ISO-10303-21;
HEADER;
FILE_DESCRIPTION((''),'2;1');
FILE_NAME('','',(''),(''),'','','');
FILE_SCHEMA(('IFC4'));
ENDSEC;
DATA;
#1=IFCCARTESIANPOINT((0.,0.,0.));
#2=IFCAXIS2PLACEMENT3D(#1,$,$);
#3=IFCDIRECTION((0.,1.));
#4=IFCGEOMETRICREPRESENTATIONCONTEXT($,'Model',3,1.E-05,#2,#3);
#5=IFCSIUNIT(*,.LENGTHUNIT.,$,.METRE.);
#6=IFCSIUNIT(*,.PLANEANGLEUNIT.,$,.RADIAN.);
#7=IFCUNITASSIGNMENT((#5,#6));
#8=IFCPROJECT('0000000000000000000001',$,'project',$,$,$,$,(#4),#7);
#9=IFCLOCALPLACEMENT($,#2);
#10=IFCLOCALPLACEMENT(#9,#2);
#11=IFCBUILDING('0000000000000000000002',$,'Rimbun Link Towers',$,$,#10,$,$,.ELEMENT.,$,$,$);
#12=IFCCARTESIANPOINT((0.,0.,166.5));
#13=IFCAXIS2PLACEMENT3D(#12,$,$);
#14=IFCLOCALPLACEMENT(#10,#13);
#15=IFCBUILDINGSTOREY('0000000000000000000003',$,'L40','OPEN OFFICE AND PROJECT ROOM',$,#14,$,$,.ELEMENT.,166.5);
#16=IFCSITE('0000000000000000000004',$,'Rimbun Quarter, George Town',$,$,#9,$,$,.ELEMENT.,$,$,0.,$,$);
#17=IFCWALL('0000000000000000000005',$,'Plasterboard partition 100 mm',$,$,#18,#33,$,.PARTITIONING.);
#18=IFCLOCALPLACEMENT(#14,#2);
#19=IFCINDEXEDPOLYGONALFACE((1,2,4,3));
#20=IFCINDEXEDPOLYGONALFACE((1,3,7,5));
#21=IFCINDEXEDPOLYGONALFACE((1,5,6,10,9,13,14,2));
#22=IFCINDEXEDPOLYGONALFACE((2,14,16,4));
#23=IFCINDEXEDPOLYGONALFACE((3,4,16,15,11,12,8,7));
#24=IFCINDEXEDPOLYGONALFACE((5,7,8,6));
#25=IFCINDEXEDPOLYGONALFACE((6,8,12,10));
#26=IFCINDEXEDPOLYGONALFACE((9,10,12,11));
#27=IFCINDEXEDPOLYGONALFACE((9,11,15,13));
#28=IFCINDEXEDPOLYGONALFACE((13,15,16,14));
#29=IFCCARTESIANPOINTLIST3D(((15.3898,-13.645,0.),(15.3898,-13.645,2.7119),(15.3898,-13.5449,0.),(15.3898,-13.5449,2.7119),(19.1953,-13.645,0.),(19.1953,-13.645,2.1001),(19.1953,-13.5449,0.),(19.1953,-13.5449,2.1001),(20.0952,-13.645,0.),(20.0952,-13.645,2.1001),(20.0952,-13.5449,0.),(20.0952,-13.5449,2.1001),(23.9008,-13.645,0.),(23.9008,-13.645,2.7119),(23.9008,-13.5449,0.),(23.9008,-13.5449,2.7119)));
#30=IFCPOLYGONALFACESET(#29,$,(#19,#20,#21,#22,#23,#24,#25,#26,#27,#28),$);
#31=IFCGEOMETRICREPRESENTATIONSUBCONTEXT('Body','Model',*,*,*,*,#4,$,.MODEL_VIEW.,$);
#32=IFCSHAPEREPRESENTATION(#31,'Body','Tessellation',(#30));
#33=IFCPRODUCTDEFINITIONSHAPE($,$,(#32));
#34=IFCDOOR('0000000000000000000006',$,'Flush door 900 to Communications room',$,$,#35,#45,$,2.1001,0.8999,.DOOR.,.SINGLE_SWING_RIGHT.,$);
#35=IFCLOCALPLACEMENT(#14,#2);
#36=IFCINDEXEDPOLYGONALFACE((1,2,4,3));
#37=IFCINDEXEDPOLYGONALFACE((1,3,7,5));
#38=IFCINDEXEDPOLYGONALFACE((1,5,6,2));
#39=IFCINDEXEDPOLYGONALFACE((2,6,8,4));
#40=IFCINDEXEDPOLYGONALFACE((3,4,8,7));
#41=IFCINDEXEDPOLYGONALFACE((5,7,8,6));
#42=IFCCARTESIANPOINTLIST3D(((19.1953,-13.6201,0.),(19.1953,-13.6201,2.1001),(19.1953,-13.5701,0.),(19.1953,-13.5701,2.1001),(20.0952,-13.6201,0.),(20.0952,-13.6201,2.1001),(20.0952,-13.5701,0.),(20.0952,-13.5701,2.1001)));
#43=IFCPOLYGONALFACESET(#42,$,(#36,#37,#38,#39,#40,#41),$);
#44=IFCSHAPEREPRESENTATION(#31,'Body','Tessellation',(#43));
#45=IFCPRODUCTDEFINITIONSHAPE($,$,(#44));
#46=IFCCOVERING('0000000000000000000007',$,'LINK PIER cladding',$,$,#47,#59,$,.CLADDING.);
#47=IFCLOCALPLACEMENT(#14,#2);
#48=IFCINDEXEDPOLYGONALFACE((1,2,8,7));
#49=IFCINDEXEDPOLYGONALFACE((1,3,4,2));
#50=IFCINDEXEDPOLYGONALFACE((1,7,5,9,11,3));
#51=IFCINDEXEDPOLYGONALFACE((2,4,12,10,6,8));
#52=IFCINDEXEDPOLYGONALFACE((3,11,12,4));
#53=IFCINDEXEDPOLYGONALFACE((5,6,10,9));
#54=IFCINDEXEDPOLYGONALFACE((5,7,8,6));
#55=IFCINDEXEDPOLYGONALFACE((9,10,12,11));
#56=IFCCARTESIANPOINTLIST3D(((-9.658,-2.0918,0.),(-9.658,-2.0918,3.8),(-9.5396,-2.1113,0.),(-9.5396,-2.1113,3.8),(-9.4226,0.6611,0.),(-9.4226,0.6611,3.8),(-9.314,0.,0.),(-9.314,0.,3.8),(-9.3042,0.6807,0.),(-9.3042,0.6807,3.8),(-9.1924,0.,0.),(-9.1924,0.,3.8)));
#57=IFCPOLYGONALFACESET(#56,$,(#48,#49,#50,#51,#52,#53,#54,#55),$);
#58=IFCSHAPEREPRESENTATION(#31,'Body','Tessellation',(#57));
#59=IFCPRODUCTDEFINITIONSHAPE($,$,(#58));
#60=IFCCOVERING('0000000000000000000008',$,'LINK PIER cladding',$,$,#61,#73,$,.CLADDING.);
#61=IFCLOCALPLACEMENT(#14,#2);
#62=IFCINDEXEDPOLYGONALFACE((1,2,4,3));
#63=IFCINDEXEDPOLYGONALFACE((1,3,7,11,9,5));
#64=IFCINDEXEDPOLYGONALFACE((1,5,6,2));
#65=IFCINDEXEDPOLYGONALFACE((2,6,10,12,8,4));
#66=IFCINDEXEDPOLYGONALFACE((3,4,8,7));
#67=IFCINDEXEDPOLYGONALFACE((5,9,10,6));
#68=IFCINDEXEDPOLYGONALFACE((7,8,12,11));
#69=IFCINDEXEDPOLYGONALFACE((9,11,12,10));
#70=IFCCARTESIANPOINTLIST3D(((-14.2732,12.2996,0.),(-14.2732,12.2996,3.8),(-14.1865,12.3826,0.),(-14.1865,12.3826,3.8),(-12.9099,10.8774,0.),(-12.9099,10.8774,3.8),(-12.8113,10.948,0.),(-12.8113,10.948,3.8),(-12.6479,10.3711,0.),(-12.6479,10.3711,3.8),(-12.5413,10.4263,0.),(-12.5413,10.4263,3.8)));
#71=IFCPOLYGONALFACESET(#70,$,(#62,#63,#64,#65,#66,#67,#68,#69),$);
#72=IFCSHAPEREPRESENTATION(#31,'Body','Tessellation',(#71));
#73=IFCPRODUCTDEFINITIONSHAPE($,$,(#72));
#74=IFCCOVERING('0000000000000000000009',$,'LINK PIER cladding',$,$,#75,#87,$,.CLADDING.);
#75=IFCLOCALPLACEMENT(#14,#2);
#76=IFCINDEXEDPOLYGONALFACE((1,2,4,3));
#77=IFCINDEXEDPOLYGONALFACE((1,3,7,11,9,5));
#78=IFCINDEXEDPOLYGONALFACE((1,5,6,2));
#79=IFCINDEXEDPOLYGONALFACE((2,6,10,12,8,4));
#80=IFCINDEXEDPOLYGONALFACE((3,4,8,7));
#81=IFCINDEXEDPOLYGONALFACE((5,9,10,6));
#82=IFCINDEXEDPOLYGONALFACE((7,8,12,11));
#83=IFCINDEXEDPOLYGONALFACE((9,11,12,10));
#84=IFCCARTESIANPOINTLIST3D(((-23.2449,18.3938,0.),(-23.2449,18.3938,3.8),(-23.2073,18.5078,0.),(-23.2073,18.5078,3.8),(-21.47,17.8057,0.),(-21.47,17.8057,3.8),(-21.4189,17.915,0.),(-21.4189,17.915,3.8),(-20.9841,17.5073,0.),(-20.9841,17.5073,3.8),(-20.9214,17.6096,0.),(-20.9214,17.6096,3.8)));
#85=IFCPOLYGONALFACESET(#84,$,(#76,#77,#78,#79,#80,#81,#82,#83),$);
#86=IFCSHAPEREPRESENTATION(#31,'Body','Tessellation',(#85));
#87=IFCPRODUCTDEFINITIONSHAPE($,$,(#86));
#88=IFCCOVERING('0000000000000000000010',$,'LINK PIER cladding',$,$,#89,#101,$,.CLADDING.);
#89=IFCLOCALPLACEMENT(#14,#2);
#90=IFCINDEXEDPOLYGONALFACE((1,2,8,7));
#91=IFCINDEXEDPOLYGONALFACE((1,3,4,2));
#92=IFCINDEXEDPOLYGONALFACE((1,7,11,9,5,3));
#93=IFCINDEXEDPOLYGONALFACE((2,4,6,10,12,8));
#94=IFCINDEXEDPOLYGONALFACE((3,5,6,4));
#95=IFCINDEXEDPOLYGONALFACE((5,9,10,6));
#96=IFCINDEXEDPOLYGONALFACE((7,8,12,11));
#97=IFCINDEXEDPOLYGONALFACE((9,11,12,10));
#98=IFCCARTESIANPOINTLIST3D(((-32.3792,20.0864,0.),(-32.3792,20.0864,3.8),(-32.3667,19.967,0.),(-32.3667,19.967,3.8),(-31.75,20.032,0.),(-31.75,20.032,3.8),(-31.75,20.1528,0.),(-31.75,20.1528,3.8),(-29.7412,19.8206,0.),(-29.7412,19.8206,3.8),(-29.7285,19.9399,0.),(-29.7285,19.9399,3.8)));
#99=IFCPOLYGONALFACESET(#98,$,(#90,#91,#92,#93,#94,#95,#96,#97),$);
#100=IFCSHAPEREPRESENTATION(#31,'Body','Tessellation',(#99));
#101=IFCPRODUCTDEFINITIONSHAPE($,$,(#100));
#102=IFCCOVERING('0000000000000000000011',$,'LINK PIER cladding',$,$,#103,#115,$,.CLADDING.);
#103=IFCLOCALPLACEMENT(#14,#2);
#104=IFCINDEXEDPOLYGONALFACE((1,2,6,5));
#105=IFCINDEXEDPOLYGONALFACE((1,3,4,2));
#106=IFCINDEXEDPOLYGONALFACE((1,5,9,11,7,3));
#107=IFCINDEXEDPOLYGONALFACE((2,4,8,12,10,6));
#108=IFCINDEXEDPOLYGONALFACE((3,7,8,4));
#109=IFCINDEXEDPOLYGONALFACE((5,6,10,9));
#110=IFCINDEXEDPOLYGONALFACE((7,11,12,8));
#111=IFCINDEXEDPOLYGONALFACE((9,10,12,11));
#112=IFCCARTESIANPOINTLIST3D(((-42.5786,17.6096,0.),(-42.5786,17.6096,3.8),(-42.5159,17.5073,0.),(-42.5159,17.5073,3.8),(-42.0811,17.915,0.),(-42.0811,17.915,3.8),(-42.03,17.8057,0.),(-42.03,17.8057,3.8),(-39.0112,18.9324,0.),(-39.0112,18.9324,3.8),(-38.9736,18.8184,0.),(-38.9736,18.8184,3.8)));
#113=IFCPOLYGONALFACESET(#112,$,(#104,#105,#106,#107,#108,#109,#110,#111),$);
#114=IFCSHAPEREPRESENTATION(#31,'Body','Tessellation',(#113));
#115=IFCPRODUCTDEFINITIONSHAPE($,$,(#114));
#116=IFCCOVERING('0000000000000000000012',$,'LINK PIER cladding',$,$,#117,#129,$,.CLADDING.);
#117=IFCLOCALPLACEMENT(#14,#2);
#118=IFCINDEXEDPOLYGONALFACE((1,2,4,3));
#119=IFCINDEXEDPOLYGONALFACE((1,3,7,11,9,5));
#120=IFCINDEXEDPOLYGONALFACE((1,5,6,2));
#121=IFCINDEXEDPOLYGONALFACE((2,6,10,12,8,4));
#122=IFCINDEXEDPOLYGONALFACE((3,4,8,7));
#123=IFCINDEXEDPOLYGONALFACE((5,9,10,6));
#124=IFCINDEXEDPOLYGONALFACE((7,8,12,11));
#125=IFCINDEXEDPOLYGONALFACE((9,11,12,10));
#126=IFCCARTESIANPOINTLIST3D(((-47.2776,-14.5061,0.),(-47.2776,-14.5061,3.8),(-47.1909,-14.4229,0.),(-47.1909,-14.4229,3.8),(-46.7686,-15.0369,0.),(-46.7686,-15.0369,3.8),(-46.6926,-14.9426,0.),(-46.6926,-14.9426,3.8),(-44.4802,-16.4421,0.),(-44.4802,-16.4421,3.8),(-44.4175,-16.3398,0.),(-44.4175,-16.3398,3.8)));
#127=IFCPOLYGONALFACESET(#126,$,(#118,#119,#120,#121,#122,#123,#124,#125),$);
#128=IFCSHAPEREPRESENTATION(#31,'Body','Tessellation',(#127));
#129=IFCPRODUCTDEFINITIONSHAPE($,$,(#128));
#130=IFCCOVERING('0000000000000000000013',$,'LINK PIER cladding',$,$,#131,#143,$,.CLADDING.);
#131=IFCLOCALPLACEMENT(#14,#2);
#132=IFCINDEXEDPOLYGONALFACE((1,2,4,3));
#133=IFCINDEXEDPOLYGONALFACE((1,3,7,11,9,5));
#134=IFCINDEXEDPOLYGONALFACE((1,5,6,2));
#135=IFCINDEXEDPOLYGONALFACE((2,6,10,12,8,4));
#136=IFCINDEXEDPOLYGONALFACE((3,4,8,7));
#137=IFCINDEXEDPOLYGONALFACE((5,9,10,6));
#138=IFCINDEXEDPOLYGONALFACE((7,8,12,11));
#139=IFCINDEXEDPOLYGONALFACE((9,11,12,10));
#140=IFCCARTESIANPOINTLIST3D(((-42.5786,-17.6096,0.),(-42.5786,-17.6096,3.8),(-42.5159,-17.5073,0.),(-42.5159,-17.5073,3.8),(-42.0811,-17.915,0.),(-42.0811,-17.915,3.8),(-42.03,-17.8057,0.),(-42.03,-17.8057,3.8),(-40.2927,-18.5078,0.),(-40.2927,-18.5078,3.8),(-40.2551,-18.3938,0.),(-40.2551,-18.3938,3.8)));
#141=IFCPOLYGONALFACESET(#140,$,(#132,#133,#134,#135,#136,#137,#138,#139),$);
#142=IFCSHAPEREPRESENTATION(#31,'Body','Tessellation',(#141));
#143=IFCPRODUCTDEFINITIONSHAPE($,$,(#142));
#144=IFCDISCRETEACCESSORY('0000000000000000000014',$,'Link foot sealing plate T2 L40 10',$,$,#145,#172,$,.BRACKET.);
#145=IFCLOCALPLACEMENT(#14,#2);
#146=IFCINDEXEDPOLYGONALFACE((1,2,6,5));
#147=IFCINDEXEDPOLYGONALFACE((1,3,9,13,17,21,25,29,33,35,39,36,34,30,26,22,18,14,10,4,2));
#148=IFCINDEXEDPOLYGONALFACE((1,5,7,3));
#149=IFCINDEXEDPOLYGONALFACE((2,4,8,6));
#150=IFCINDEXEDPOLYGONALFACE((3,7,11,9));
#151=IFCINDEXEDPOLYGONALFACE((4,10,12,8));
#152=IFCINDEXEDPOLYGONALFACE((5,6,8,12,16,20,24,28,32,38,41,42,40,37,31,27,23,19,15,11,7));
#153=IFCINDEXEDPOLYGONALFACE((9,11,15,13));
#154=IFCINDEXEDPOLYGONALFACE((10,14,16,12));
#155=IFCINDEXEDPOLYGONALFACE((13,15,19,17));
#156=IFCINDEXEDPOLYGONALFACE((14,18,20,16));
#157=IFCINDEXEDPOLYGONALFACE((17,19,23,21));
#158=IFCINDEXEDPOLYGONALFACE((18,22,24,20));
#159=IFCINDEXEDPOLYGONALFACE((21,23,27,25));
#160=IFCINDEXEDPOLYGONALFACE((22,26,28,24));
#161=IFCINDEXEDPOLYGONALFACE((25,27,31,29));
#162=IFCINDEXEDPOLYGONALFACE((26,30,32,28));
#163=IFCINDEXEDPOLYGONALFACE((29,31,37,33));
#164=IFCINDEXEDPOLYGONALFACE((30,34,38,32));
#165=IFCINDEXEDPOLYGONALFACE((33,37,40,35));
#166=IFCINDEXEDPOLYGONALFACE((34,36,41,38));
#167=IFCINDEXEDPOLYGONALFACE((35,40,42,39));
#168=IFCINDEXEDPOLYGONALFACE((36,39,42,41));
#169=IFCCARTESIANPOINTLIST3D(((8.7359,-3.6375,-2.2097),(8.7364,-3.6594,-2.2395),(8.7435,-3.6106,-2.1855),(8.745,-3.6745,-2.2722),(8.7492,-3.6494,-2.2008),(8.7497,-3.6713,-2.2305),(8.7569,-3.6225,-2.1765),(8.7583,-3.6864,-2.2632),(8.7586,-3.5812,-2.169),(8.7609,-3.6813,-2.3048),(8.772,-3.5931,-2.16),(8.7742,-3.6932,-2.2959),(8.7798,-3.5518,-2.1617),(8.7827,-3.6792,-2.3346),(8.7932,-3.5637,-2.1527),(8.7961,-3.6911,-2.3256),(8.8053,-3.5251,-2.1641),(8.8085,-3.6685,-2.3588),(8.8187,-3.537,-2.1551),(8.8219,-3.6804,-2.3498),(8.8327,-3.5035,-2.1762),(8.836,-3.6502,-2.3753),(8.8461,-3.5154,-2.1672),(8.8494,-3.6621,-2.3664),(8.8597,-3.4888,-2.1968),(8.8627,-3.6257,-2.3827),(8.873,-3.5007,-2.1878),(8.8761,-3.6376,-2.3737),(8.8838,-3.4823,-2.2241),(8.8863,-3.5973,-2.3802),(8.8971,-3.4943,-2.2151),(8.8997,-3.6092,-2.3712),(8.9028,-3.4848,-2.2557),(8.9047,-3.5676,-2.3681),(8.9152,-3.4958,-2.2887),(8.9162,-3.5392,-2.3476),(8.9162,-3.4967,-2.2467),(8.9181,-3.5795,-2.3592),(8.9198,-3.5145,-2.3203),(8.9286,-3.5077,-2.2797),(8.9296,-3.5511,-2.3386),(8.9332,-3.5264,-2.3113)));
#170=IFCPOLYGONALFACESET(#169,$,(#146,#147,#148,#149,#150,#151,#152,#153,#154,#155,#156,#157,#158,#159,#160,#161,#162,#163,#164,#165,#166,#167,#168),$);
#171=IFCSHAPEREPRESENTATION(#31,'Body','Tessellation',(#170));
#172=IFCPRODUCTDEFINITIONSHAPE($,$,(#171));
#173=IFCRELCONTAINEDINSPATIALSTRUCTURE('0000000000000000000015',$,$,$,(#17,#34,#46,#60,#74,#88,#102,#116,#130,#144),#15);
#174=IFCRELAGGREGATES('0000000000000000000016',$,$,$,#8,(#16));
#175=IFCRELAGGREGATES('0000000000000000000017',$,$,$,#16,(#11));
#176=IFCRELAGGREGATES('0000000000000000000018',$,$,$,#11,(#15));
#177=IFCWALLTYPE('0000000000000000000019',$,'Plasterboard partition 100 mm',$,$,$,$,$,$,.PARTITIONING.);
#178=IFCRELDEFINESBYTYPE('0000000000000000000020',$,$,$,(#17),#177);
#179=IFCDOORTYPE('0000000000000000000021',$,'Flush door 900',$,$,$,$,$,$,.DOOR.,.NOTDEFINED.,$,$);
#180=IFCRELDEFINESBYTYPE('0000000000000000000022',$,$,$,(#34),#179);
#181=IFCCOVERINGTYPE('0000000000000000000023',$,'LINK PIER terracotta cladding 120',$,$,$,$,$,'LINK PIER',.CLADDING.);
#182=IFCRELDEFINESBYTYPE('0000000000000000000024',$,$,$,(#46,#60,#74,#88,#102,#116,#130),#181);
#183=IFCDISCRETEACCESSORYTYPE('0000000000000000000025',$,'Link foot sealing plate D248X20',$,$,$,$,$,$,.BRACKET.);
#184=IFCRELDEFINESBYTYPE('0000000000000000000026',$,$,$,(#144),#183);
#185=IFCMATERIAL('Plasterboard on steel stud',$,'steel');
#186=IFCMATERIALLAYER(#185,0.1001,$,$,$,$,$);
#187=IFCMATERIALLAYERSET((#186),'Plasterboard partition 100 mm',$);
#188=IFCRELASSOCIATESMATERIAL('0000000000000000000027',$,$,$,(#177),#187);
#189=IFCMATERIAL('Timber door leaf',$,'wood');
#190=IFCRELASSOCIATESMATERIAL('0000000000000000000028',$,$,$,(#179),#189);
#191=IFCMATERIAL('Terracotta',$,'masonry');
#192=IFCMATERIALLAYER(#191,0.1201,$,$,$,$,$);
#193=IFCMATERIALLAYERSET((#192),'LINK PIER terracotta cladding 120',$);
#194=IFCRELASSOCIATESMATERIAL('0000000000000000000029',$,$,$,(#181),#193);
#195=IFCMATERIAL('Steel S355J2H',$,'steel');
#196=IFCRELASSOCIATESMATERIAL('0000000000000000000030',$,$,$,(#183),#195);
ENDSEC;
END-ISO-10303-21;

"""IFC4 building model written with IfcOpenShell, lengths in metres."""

from ifc_helpers import new_model, si_unit, direction, frame, frame_2d, origin, origin_2d, place, context, subcontext, project, spatial, polyline, rectangle, circle, outline, extrude, material, layer, layer_set, material_profile, profile_set, type_object, element, fill, save


model = new_model("IFC4")

# Units and contexts
model_context = context("Model", 3, precision=1e-05, world=origin(), true_north=direction((0.0, 1.0)))
body_context = subcontext(model_context, "Body", "Model", "MODEL_VIEW")
ifc_project = project(units=[si_unit("LENGTHUNIT", "METRE"), si_unit("PLANEANGLEUNIT", "RADIAN")], contexts=[model_context])

# Site, building, storey
site_placement = place(None, origin())
site = spatial("IfcSite", under=ifc_project, at=site_placement, Name="Rimbun Quarter, George Town", CompositionType="ELEMENT", RefElevation=0.0)
building_placement = place(site_placement, origin())
building = spatial("IfcBuilding", under=site, at=building_placement, Name="Rimbun Link Towers", CompositionType="ELEMENT")
storey_placement = place(building_placement, frame((0.0, 0.0, 166.5)))
storey = spatial("IfcBuildingStorey", under=building, at=storey_placement, Name="L40", Description="OPEN OFFICE AND PROJECT ROOM", CompositionType="ELEMENT", Elevation=166.5)

# Shared definitions
ifc_material_1 = material(Name="Plasterboard on steel stud", Category="steel")
ifc_layer_1 = layer(ifc_material_1, 0.1001)
ifc_layer_set_1 = layer_set([ifc_layer_1], Name="Plasterboard partition 100 mm")
wall_type = type_object("IfcWallType", Name="Plasterboard partition 100 mm", PredefinedType="PARTITIONING", material=ifc_layer_set_1)

# Wall, opening, door
wall_1_placement = place(storey_placement, frame((15.3899, -13.595, 0.0), z_axis=(0.0, 0.0, 1.0), x_axis=(1.0, 0.0, 0.0)))
wall_1 = element("IfcWall", 1, at=wall_1_placement, inside=storey, type_object=wall_type, Name="Plasterboard partition 100 mm", PredefinedType="PARTITIONING", context=body_context, shape_type="SweptSolid", body=[
    extrude(rectangle(XDim=8.511, YDim=0.1001, at=frame_2d((4.2554, 0.0))), origin(), (0.0, 0.0, 1.0), 2.7119),
])
opening_1_placement = place(wall_1_placement, frame((3.8054, 0.0, 0.0)))
opening_1 = element("IfcOpeningElement", 2, at=opening_1_placement, cuts=wall_1, PredefinedType="OPENING", context=body_context, shape_type="SweptSolid", body=[
    extrude(rectangle(XDim=0.8999, YDim=2.1001, at=frame_2d((0.45, 1.05))), frame((0.0, 0.0601, 0.0), z_axis=(0.0, -1.0, 0.0), x_axis=(1.0, 0.0, 0.0)), (0.0, 0.0, 1.0), 0.1201),
])
ifc_material_2 = material(Name="Timber door leaf", Category="wood")
door_type_1 = type_object("IfcDoorType", Name="Flush door 900", OperationType="NOTDEFINED", PredefinedType="DOOR", material=ifc_material_2)
door_1_placement = place(opening_1_placement, origin())
door_1 = element("IfcDoor", 3, at=door_1_placement, inside=storey, type_object=door_type_1, Name="Flush door 900 to Communications room", OperationType="SINGLE_SWING_RIGHT", OverallHeight=2.1001, OverallWidth=0.8999, PredefinedType="DOOR", context=body_context, shape_type="SweptSolid", body=[
    extrude(rectangle(XDim=0.8999, YDim=2.1001, at=frame_2d((0.45, 1.05))), frame((0.0, 0.0249, 0.0), z_axis=(0.0, -1.0, 0.0), x_axis=(1.0, 0.0, 0.0)), (0.0, 0.0, 1.0), 0.05),
])
fill(opening_1, door_1)

# Coverings
ifc_material_3 = material(Name="Terracotta", Category="masonry")
ifc_layer_2 = layer(ifc_material_3, 0.1201)
ifc_layer_set_2 = layer_set([ifc_layer_2], Name="LINK PIER terracotta cladding 120")
covering_type_1 = type_object("IfcCoveringType", Name="LINK PIER terracotta cladding 120", ElementType="LINK PIER", PredefinedType="CLADDING", material=ifc_layer_set_2)
covering_1_placement = place(storey_placement, origin())
element("IfcCovering", 4, at=covering_1_placement, inside=storey, type_object=covering_type_1, Name="LINK PIER cladding", PredefinedType="CLADDING", context=body_context, shape_type="SweptSolid", body=[
    extrude(outline(polyline([(-9.4226, 0.6611), (-9.314, 0.0), (-9.658, -2.0918), (-9.5396, -2.1113), (-9.1924, 0.0), (-9.3042, 0.6807), (-9.4226, 0.6611)])), origin(), (0.0, 0.0, 1.0), 3.8),
])
covering_2_placement = place(storey_placement, origin())
element("IfcCovering", 5, at=covering_2_placement, inside=storey, type_object=covering_type_1, Name="LINK PIER cladding", PredefinedType="CLADDING", context=body_context, shape_type="SweptSolid", body=[
    extrude(outline(polyline([(-14.2732, 12.2996), (-12.9099, 10.8774), (-12.6479, 10.3711), (-12.5413, 10.4263), (-12.8113, 10.948), (-14.1865, 12.3826), (-14.2732, 12.2996)])), origin(), (0.0, 0.0, 1.0), 3.8),
])
covering_3_placement = place(storey_placement, origin())
element("IfcCovering", 6, at=covering_3_placement, inside=storey, type_object=covering_type_1, Name="LINK PIER cladding", PredefinedType="CLADDING", context=body_context, shape_type="SweptSolid", body=[
    extrude(outline(polyline([(-23.2449, 18.3938), (-21.47, 17.8057), (-20.9841, 17.5073), (-20.9214, 17.6096), (-21.4189, 17.915), (-23.2073, 18.5078), (-23.2449, 18.3938)])), origin(), (0.0, 0.0, 1.0), 3.8),
])
covering_4_placement = place(storey_placement, origin())
element("IfcCovering", 7, at=covering_4_placement, inside=storey, type_object=covering_type_1, Name="LINK PIER cladding", PredefinedType="CLADDING", context=body_context, shape_type="SweptSolid", body=[
    extrude(outline(polyline([(-32.3667, 19.967), (-31.75, 20.032), (-29.7412, 19.8206), (-29.7285, 19.9399), (-31.75, 20.1528), (-32.3792, 20.0864), (-32.3667, 19.967)])), origin(), (0.0, 0.0, 1.0), 3.8),
])
covering_5_placement = place(storey_placement, origin())
element("IfcCovering", 8, at=covering_5_placement, inside=storey, type_object=covering_type_1, Name="LINK PIER cladding", PredefinedType="CLADDING", context=body_context, shape_type="SweptSolid", body=[
    extrude(outline(polyline([(-42.5159, 17.5073), (-42.03, 17.8057), (-38.9736, 18.8184), (-39.0112, 18.9324), (-42.0811, 17.915), (-42.5786, 17.6096), (-42.5159, 17.5073)])), origin(), (0.0, 0.0, 1.0), 3.8),
])
covering_6_placement = place(storey_placement, origin())
element("IfcCovering", 9, at=covering_6_placement, inside=storey, type_object=covering_type_1, Name="LINK PIER cladding", PredefinedType="CLADDING", context=body_context, shape_type="SweptSolid", body=[
    extrude(outline(polyline([(-44.4175, -16.3398), (-46.6926, -14.9426), (-47.1909, -14.4229), (-47.2776, -14.5061), (-46.7686, -15.0369), (-44.4802, -16.4421), (-44.4175, -16.3398)])), origin(), (0.0, 0.0, 1.0), 3.8),
])
covering_7_placement = place(storey_placement, origin())
element("IfcCovering", 10, at=covering_7_placement, inside=storey, type_object=covering_type_1, Name="LINK PIER cladding", PredefinedType="CLADDING", context=body_context, shape_type="SweptSolid", body=[
    extrude(outline(polyline([(-40.2551, -18.3938), (-42.03, -17.8057), (-42.5159, -17.5073), (-42.5786, -17.6096), (-42.0811, -17.915), (-40.2927, -18.5078), (-40.2551, -18.3938)])), origin(), (0.0, 0.0, 1.0), 3.8),
])

# Discrete accessory
ifc_material_4 = material(Name="Steel S355J2H", Category="steel")
ifc_material_profile_1 = material_profile(ifc_material_4, circle(Radius=0.124, at=origin_2d()), Name="PL D248")
ifc_profile_set_1 = profile_set([ifc_material_profile_1], Name="Steel S355J2H")
discrete_accessory_type_1 = type_object("IfcDiscreteAccessoryType", Name="Link foot sealing plate D248X20", PredefinedType="BRACKET", material=ifc_profile_set_1)
for number, where, z_axis, x_axis, name in (
    (11, (8.8408, -3.5938, -2.2632), (-0.667218, 0.594431, -0.448856), (-0.665206, -0.74666, 0.0), "Link foot sealing plate T2 L40 10"),
):
    element("IfcDiscreteAccessory", number, at=place(storey_placement, frame(where, z_axis=z_axis, x_axis=x_axis)), inside=storey, type_object=discrete_accessory_type_1, Name=name, PredefinedType="BRACKET", context=body_context, shape_type="SweptSolid", body=[
        extrude(circle(Radius=0.124, at=origin_2d()), origin(), (0.0, 0.0, 1.0), 0.02),
    ])

save(model, "model.ifc")
